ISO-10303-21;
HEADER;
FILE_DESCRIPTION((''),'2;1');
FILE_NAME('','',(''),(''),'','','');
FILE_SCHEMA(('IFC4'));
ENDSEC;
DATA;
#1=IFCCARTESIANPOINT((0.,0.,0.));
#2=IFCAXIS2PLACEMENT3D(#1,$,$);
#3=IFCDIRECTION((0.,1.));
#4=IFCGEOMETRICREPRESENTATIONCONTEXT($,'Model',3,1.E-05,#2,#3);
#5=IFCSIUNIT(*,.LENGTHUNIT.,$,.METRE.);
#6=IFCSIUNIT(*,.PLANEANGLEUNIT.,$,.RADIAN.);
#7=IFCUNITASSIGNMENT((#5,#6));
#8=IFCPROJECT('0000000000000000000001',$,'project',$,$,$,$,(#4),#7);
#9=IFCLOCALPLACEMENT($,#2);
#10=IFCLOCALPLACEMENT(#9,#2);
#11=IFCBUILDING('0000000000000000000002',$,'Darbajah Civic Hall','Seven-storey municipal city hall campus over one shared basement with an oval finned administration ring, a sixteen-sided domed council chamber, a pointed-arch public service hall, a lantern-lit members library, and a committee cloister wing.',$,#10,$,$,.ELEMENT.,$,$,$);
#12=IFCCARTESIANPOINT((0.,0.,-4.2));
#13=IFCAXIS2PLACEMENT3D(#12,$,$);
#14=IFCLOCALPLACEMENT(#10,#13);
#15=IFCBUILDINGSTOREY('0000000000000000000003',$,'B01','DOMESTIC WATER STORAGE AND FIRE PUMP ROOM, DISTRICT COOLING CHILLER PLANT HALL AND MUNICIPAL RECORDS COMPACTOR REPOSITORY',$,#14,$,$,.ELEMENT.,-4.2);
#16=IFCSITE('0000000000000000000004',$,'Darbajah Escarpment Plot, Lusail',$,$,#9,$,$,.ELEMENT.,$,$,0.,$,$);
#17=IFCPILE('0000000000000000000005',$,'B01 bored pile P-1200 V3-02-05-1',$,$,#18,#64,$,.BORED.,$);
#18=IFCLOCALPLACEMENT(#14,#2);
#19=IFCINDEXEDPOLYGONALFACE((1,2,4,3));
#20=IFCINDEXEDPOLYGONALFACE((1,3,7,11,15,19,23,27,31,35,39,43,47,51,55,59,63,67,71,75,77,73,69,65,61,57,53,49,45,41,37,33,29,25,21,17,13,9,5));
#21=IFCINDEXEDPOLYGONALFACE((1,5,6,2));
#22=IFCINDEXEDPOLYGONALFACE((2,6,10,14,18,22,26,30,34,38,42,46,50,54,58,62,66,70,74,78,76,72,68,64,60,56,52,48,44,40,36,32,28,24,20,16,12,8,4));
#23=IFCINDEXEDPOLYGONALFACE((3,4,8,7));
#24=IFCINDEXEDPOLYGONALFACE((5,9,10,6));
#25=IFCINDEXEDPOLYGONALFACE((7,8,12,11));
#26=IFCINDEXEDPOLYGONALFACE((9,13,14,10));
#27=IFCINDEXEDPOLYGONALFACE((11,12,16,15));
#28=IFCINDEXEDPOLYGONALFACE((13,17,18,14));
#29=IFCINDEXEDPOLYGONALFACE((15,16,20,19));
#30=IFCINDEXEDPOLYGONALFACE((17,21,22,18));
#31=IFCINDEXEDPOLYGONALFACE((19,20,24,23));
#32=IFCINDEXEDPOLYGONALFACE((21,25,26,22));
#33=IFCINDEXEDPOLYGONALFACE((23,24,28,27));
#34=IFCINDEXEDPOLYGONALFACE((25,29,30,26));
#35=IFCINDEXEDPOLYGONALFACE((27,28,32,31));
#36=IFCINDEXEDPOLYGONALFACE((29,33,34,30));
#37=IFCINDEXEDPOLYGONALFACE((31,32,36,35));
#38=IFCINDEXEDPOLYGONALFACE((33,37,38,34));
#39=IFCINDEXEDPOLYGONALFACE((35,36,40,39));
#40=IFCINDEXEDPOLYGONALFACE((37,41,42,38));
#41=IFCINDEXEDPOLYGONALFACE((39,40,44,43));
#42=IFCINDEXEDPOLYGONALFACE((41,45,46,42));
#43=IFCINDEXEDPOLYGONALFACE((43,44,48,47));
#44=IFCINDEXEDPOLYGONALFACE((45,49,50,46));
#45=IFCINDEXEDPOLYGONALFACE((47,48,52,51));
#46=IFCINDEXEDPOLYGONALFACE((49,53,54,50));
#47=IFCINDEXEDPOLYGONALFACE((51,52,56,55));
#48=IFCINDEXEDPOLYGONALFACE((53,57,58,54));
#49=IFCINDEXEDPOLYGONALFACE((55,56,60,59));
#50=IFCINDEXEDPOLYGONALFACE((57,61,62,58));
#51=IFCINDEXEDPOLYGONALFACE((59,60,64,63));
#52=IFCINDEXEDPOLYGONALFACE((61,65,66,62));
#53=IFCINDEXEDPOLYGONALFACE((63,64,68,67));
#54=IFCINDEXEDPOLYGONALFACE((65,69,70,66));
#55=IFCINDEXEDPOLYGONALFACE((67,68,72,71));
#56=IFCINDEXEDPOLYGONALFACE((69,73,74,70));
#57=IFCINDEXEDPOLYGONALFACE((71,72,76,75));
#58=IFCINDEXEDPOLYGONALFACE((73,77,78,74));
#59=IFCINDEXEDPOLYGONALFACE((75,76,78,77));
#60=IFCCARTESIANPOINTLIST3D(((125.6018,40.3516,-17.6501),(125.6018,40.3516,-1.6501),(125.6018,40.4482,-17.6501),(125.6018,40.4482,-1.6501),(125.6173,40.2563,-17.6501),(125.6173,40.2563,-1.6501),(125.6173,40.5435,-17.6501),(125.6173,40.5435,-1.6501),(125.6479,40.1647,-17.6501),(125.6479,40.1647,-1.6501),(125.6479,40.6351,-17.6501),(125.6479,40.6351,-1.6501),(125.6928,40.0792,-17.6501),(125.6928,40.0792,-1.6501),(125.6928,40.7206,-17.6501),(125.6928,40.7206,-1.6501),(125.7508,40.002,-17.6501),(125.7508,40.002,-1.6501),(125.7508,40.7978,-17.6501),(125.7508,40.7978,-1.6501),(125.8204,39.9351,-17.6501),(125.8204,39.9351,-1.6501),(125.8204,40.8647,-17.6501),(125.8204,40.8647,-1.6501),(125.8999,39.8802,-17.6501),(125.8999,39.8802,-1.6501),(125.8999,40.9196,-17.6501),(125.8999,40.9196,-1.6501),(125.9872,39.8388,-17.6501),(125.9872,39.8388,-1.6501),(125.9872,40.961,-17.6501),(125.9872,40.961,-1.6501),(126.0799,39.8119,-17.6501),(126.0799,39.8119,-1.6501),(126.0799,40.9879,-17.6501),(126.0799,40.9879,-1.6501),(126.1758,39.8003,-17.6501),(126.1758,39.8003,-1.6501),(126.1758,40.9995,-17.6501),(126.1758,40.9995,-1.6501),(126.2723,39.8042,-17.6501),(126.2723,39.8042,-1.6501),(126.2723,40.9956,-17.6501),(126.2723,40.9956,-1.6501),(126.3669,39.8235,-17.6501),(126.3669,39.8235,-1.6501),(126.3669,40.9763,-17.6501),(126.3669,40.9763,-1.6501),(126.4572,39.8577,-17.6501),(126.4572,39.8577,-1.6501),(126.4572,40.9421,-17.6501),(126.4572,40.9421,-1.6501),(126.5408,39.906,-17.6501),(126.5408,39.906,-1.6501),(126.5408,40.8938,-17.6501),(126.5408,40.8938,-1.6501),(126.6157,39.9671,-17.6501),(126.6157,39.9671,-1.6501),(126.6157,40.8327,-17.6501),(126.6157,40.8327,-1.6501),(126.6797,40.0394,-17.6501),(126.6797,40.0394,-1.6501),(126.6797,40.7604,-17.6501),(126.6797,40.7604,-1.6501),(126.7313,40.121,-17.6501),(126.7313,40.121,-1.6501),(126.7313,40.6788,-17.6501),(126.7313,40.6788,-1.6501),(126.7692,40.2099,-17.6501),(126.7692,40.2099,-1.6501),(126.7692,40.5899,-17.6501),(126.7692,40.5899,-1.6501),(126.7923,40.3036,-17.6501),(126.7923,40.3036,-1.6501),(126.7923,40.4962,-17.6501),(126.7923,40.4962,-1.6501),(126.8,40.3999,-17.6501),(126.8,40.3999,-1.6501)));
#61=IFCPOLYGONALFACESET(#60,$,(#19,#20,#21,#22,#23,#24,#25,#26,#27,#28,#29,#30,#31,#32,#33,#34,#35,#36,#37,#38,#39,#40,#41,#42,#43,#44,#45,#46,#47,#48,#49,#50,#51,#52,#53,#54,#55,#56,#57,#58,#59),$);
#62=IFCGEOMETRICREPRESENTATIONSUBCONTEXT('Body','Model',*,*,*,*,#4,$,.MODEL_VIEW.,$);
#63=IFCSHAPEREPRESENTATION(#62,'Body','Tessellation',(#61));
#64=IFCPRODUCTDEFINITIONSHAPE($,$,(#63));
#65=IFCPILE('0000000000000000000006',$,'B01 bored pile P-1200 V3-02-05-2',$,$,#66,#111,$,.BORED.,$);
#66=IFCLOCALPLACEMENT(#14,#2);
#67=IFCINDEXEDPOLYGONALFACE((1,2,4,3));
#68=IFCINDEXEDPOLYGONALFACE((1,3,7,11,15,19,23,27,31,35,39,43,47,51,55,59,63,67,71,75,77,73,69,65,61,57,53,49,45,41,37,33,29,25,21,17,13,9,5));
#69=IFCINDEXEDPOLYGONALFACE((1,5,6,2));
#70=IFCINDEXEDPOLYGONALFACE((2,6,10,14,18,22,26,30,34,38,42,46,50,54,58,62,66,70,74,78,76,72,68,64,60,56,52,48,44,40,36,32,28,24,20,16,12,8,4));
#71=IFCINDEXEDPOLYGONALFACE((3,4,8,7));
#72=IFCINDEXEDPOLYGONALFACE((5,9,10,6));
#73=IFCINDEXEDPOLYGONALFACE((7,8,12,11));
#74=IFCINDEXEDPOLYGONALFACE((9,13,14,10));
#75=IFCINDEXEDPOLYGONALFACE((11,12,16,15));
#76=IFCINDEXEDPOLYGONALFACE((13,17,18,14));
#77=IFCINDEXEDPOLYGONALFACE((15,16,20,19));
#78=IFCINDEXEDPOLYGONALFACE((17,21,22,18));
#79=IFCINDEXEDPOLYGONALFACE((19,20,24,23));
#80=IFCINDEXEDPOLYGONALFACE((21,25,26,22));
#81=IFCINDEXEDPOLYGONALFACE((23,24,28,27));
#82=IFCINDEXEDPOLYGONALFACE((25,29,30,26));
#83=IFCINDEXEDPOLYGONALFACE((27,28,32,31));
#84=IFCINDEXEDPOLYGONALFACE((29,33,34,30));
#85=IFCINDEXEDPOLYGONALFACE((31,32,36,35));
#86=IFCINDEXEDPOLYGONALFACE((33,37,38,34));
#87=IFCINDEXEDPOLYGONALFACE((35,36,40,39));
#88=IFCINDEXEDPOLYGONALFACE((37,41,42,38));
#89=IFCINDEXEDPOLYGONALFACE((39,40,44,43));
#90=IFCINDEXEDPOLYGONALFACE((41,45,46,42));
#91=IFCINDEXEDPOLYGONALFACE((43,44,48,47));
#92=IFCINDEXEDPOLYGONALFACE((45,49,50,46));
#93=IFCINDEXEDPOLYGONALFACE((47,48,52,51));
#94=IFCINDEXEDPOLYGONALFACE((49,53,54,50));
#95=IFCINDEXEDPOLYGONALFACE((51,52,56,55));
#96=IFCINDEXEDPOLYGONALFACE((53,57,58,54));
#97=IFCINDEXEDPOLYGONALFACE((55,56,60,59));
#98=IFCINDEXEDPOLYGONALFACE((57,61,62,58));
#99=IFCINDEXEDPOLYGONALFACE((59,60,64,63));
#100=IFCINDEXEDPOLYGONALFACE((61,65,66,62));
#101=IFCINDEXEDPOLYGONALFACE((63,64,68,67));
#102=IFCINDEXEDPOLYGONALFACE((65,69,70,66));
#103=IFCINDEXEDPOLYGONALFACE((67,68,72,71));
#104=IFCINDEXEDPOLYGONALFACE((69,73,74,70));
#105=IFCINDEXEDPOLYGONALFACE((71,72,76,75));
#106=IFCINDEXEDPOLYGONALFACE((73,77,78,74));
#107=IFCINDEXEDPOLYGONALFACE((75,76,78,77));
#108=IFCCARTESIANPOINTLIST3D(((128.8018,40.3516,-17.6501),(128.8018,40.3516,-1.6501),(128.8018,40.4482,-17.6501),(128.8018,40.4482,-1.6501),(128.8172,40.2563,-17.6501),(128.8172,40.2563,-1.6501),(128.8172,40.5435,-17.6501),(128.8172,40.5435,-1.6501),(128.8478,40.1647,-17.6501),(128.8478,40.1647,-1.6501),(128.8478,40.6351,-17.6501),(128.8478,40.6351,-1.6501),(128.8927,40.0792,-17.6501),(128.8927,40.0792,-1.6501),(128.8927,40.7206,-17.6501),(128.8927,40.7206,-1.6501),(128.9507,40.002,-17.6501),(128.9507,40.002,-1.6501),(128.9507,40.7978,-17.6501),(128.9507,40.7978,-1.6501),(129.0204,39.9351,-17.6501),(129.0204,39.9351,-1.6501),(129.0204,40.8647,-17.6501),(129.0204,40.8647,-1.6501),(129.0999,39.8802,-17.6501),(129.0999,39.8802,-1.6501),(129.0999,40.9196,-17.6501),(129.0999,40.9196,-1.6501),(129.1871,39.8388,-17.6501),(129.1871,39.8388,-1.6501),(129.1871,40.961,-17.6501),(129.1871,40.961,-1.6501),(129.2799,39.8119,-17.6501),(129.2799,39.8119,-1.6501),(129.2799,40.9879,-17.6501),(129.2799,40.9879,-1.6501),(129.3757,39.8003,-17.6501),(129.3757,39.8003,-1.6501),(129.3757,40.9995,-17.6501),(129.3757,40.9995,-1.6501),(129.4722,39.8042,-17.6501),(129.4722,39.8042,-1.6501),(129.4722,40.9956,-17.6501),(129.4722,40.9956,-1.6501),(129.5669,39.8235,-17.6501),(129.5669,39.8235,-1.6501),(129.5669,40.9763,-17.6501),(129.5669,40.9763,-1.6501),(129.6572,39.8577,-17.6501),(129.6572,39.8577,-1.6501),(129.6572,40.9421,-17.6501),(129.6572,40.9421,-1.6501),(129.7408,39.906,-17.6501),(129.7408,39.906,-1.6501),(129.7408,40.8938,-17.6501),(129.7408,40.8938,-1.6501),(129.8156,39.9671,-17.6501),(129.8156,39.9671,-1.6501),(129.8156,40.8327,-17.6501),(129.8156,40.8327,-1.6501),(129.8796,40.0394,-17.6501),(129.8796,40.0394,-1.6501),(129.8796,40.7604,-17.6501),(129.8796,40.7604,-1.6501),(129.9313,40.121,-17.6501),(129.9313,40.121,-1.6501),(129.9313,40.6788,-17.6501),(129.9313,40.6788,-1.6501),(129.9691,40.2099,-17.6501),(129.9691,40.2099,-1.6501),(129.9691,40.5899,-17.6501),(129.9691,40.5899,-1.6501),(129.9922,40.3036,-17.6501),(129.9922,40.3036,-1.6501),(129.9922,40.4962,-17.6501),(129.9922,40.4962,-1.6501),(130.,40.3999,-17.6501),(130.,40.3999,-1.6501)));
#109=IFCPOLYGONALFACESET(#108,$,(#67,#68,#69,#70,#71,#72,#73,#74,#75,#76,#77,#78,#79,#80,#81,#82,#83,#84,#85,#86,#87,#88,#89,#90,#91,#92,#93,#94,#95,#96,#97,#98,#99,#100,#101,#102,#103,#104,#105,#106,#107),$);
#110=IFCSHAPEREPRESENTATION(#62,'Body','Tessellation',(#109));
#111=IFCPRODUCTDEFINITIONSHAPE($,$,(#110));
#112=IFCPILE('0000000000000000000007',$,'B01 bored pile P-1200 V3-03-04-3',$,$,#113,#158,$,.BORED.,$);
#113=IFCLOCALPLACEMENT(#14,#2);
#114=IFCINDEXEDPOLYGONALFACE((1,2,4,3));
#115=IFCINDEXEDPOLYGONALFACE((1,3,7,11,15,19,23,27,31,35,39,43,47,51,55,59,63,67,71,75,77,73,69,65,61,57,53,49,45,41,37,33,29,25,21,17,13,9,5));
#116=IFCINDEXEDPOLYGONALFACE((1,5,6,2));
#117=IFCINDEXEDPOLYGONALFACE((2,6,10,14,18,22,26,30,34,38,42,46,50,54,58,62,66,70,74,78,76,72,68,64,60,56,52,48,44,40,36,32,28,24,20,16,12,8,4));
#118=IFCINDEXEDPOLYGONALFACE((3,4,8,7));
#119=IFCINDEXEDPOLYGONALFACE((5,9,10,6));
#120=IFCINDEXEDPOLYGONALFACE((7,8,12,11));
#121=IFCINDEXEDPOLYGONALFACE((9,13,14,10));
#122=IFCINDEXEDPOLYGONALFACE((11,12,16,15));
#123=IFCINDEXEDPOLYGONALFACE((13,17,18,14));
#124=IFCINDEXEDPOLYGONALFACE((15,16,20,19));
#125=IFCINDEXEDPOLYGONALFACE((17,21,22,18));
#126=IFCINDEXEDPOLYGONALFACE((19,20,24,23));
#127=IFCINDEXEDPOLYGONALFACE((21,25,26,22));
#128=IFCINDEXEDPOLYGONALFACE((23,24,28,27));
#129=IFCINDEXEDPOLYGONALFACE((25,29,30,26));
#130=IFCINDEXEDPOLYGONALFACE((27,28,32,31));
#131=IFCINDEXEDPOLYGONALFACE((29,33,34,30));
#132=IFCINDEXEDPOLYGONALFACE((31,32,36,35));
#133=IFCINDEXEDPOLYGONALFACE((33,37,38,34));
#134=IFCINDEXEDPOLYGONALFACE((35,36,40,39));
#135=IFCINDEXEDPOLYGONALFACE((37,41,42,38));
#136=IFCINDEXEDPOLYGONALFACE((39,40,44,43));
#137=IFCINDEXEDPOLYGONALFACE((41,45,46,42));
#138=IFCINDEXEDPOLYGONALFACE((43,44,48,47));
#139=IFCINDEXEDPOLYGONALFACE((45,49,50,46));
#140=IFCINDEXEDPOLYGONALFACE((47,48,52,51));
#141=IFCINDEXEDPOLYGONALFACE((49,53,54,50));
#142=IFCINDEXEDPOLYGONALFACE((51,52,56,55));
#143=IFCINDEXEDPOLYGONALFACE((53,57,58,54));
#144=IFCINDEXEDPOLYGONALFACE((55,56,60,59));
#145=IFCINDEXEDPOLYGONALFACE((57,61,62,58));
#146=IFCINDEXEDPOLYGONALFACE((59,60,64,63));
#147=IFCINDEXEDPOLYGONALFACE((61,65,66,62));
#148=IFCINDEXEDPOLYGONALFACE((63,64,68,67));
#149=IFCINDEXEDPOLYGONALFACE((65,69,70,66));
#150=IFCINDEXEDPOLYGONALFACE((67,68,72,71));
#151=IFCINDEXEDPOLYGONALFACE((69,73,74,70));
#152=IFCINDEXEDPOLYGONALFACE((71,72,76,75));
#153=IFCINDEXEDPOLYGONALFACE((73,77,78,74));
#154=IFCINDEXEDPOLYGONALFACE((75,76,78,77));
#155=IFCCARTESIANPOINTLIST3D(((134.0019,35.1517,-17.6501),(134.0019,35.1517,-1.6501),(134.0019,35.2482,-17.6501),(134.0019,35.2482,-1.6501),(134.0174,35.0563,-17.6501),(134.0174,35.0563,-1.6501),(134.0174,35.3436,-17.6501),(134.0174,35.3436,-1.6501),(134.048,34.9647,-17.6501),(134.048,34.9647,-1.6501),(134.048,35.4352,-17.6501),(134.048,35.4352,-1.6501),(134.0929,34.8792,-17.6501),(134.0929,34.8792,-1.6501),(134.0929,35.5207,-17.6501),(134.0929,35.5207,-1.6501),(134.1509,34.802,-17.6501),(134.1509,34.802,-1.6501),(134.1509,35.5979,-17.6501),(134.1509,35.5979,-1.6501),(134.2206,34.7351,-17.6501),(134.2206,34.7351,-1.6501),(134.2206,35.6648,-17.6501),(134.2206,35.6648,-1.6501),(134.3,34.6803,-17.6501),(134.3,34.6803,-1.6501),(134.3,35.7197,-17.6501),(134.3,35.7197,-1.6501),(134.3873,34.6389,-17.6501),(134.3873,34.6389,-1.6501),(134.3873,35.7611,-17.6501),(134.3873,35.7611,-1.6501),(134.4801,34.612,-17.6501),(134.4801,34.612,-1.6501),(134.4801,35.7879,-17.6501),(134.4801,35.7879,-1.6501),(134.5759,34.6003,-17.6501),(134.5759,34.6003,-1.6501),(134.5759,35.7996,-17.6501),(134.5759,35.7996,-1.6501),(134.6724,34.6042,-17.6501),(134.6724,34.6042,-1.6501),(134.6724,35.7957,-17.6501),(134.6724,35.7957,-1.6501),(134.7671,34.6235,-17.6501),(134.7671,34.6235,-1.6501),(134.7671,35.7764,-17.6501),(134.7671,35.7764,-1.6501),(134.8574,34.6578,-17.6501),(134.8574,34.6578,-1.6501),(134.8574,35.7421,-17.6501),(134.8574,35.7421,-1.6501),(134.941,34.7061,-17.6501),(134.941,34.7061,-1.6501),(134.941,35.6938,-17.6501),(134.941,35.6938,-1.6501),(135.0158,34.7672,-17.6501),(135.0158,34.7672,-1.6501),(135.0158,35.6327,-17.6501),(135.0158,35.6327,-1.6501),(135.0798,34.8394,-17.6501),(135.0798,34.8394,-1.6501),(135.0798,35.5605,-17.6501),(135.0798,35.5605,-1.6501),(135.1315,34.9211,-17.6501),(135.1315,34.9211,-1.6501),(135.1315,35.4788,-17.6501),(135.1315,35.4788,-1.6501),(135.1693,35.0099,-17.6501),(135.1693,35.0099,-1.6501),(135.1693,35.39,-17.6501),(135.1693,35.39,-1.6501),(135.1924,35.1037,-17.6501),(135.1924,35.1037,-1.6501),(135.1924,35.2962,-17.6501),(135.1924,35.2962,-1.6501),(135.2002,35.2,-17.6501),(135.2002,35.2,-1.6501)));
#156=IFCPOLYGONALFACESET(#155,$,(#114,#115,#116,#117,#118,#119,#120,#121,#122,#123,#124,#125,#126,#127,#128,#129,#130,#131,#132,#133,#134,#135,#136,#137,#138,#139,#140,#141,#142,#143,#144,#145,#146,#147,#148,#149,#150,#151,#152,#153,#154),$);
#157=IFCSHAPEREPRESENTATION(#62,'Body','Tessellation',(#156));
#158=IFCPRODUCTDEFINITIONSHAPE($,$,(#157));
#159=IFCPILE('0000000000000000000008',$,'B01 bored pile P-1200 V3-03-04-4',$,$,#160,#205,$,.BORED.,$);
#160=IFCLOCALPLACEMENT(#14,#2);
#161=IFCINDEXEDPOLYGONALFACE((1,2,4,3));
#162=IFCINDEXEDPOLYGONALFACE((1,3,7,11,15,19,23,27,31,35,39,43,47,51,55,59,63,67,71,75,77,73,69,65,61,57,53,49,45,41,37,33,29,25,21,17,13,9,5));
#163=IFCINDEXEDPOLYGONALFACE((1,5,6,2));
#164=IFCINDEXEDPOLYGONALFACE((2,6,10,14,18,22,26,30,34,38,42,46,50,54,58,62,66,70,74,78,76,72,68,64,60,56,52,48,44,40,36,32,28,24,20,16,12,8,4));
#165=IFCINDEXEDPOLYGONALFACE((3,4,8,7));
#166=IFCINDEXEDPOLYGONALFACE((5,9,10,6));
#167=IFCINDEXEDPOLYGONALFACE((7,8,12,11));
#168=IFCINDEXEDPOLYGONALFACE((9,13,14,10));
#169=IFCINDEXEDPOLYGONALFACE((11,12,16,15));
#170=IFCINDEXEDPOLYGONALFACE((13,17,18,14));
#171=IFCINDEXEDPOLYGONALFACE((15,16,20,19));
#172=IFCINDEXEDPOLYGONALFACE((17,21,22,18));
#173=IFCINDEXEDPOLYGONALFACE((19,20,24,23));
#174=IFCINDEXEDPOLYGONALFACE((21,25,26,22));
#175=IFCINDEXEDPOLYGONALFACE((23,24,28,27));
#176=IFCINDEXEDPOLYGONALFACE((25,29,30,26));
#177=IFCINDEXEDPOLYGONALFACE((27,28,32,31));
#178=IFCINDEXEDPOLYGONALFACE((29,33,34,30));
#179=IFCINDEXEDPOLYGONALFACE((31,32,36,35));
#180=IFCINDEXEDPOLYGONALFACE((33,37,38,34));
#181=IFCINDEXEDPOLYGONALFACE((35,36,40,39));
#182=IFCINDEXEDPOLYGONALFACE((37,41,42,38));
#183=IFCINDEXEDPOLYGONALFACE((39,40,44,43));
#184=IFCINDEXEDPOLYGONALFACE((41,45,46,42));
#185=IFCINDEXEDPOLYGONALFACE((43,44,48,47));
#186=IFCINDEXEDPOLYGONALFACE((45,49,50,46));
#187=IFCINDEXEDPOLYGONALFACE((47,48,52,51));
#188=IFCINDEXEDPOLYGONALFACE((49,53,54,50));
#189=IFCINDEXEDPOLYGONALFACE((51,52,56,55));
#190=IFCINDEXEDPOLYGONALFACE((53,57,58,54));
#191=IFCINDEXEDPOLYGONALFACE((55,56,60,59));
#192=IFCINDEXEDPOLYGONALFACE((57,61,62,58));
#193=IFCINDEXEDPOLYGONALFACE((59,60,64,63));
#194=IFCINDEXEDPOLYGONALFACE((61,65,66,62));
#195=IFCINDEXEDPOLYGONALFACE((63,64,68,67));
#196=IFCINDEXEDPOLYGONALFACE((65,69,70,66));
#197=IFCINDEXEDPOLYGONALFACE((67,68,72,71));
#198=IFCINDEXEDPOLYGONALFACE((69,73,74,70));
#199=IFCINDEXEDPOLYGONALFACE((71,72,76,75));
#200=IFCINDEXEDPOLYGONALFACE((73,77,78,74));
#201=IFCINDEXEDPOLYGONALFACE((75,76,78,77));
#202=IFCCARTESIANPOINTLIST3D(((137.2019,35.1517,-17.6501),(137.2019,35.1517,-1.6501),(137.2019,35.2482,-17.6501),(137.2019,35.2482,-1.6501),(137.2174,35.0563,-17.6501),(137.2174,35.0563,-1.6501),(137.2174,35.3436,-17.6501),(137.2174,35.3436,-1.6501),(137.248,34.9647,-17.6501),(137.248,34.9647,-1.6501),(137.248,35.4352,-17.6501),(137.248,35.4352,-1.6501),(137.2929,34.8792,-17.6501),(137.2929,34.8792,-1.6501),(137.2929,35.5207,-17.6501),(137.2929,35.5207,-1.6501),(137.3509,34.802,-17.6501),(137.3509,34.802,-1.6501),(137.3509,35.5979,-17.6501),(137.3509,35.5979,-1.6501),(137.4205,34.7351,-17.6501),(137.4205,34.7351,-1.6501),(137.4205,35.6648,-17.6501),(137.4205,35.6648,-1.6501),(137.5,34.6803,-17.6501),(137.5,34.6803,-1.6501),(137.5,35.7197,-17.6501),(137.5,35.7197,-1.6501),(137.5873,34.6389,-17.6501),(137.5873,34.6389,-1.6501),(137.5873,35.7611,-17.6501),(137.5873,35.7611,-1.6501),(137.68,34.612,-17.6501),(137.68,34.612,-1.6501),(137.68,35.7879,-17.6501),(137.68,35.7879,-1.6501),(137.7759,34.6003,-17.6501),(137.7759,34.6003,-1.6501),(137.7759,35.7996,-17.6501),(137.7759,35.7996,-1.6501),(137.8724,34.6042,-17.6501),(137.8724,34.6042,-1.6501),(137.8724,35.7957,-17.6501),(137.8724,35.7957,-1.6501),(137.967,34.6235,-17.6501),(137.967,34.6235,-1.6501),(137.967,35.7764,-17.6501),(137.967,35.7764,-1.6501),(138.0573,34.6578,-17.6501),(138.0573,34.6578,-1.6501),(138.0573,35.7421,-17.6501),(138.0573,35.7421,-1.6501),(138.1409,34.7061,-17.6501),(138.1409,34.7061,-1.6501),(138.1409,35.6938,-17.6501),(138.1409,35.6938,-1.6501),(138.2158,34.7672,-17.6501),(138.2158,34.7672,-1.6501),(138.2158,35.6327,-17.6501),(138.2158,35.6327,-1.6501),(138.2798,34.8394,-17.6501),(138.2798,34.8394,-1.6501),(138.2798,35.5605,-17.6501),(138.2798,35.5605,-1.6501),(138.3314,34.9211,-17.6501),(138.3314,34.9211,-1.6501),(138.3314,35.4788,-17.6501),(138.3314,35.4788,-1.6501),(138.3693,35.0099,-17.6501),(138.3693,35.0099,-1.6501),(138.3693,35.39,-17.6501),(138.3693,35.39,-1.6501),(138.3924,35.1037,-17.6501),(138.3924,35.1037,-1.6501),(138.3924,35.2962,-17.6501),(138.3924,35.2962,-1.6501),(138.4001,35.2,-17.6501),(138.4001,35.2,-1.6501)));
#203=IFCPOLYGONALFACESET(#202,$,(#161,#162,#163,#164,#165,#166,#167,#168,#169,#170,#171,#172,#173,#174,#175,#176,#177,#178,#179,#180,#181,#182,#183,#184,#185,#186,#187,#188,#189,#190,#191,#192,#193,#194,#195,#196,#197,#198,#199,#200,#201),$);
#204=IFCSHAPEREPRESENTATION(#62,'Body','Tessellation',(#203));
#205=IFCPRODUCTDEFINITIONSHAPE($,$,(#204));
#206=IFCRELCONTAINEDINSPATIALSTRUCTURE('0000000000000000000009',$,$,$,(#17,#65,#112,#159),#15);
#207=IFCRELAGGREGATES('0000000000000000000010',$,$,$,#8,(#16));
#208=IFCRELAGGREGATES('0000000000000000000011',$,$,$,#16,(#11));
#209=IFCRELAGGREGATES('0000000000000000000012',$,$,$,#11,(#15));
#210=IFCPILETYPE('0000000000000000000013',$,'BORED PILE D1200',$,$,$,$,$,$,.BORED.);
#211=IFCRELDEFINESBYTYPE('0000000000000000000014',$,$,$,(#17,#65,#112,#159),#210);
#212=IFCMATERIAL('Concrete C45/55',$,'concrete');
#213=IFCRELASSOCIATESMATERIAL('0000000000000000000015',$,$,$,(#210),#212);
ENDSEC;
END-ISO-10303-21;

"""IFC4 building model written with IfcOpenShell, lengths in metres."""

from ifc_helpers import new_model, si_unit, direction, frame, origin, origin_2d, place, context, subcontext, project, spatial, circle, extrude, material, material_profile, profile_set, type_object, element, save


model = new_model("IFC4")

# Units and contexts
model_context = context("Model", 3, precision=1e-05, world=origin(), true_north=direction((0.0, 1.0)))
body_context = subcontext(model_context, "Body", "Model", "MODEL_VIEW")
ifc_project = project(units=[si_unit("LENGTHUNIT", "METRE"), si_unit("PLANEANGLEUNIT", "RADIAN")], contexts=[model_context])

# Site, building, storey
site_placement = place(None, origin())
site = spatial("IfcSite", under=ifc_project, at=site_placement, Name="Darbajah Escarpment Plot, Lusail", CompositionType="ELEMENT", RefElevation=0.0)
building_placement = place(site_placement, origin())
building = spatial("IfcBuilding", under=site, at=building_placement, Name="Darbajah Civic Hall", Description="Seven-storey municipal city hall campus over one shared basement with an oval finned administration ring, a sixteen-sided domed council chamber, a pointed-arch public service hall, a lantern-lit members library, and a committee cloister wing.", CompositionType="ELEMENT")
storey_placement = place(building_placement, frame((0.0, 0.0, -4.2)))
storey = spatial("IfcBuildingStorey", under=building, at=storey_placement, Name="B01", Description="DOMESTIC WATER STORAGE AND FIRE PUMP ROOM, DISTRICT COOLING CHILLER PLANT HALL AND MUNICIPAL RECORDS COMPACTOR REPOSITORY", CompositionType="ELEMENT", Elevation=-4.2)

# Piles
ifc_material_1 = material(Name="Concrete C45/55", Category="concrete")
ifc_material_profile_1 = material_profile(ifc_material_1, circle(Radius=0.6001, at=origin_2d()), Name="BORED PILE D1200")
ifc_profile_set_1 = profile_set([ifc_material_profile_1], Name="Concrete C45/55")
pile_type_1 = type_object("IfcPileType", Name="BORED PILE D1200", PredefinedType="BORED", material=ifc_profile_set_1)
for number, where, z_axis, x_axis, name in (
    (1, (126.2, 40.3999, -1.6501), (0.0, 0.0, -1.0), (1.0, 0.0, 0.0), "B01 bored pile P-1200 V3-02-05-1"),
    (2, (129.3999, 40.3999, -1.6501), (0.0, 0.0, -1.0), (1.0, 0.0, 0.0), "B01 bored pile P-1200 V3-02-05-2"),
    (3, (134.6001, 35.2, -1.6501), (0.0, 0.0, -1.0), (1.0, 0.0, 0.0), "B01 bored pile P-1200 V3-03-04-3"),
    (4, (137.8, 35.2, -1.6501), (0.0, 0.0, -1.0), (1.0, 0.0, 0.0), "B01 bored pile P-1200 V3-03-04-4"),
):
    element("IfcPile", number, at=place(storey_placement, frame(where, z_axis=z_axis, x_axis=x_axis)), inside=storey, type_object=pile_type_1, Name=name, PredefinedType="BORED", context=body_context, shape_type="SweptSolid", body=[
        extrude(circle(Radius=0.6001, at=origin_2d()), origin(), (0.0, 0.0, 1.0), 16.0),
    ])

save(model, "model.ifc")
